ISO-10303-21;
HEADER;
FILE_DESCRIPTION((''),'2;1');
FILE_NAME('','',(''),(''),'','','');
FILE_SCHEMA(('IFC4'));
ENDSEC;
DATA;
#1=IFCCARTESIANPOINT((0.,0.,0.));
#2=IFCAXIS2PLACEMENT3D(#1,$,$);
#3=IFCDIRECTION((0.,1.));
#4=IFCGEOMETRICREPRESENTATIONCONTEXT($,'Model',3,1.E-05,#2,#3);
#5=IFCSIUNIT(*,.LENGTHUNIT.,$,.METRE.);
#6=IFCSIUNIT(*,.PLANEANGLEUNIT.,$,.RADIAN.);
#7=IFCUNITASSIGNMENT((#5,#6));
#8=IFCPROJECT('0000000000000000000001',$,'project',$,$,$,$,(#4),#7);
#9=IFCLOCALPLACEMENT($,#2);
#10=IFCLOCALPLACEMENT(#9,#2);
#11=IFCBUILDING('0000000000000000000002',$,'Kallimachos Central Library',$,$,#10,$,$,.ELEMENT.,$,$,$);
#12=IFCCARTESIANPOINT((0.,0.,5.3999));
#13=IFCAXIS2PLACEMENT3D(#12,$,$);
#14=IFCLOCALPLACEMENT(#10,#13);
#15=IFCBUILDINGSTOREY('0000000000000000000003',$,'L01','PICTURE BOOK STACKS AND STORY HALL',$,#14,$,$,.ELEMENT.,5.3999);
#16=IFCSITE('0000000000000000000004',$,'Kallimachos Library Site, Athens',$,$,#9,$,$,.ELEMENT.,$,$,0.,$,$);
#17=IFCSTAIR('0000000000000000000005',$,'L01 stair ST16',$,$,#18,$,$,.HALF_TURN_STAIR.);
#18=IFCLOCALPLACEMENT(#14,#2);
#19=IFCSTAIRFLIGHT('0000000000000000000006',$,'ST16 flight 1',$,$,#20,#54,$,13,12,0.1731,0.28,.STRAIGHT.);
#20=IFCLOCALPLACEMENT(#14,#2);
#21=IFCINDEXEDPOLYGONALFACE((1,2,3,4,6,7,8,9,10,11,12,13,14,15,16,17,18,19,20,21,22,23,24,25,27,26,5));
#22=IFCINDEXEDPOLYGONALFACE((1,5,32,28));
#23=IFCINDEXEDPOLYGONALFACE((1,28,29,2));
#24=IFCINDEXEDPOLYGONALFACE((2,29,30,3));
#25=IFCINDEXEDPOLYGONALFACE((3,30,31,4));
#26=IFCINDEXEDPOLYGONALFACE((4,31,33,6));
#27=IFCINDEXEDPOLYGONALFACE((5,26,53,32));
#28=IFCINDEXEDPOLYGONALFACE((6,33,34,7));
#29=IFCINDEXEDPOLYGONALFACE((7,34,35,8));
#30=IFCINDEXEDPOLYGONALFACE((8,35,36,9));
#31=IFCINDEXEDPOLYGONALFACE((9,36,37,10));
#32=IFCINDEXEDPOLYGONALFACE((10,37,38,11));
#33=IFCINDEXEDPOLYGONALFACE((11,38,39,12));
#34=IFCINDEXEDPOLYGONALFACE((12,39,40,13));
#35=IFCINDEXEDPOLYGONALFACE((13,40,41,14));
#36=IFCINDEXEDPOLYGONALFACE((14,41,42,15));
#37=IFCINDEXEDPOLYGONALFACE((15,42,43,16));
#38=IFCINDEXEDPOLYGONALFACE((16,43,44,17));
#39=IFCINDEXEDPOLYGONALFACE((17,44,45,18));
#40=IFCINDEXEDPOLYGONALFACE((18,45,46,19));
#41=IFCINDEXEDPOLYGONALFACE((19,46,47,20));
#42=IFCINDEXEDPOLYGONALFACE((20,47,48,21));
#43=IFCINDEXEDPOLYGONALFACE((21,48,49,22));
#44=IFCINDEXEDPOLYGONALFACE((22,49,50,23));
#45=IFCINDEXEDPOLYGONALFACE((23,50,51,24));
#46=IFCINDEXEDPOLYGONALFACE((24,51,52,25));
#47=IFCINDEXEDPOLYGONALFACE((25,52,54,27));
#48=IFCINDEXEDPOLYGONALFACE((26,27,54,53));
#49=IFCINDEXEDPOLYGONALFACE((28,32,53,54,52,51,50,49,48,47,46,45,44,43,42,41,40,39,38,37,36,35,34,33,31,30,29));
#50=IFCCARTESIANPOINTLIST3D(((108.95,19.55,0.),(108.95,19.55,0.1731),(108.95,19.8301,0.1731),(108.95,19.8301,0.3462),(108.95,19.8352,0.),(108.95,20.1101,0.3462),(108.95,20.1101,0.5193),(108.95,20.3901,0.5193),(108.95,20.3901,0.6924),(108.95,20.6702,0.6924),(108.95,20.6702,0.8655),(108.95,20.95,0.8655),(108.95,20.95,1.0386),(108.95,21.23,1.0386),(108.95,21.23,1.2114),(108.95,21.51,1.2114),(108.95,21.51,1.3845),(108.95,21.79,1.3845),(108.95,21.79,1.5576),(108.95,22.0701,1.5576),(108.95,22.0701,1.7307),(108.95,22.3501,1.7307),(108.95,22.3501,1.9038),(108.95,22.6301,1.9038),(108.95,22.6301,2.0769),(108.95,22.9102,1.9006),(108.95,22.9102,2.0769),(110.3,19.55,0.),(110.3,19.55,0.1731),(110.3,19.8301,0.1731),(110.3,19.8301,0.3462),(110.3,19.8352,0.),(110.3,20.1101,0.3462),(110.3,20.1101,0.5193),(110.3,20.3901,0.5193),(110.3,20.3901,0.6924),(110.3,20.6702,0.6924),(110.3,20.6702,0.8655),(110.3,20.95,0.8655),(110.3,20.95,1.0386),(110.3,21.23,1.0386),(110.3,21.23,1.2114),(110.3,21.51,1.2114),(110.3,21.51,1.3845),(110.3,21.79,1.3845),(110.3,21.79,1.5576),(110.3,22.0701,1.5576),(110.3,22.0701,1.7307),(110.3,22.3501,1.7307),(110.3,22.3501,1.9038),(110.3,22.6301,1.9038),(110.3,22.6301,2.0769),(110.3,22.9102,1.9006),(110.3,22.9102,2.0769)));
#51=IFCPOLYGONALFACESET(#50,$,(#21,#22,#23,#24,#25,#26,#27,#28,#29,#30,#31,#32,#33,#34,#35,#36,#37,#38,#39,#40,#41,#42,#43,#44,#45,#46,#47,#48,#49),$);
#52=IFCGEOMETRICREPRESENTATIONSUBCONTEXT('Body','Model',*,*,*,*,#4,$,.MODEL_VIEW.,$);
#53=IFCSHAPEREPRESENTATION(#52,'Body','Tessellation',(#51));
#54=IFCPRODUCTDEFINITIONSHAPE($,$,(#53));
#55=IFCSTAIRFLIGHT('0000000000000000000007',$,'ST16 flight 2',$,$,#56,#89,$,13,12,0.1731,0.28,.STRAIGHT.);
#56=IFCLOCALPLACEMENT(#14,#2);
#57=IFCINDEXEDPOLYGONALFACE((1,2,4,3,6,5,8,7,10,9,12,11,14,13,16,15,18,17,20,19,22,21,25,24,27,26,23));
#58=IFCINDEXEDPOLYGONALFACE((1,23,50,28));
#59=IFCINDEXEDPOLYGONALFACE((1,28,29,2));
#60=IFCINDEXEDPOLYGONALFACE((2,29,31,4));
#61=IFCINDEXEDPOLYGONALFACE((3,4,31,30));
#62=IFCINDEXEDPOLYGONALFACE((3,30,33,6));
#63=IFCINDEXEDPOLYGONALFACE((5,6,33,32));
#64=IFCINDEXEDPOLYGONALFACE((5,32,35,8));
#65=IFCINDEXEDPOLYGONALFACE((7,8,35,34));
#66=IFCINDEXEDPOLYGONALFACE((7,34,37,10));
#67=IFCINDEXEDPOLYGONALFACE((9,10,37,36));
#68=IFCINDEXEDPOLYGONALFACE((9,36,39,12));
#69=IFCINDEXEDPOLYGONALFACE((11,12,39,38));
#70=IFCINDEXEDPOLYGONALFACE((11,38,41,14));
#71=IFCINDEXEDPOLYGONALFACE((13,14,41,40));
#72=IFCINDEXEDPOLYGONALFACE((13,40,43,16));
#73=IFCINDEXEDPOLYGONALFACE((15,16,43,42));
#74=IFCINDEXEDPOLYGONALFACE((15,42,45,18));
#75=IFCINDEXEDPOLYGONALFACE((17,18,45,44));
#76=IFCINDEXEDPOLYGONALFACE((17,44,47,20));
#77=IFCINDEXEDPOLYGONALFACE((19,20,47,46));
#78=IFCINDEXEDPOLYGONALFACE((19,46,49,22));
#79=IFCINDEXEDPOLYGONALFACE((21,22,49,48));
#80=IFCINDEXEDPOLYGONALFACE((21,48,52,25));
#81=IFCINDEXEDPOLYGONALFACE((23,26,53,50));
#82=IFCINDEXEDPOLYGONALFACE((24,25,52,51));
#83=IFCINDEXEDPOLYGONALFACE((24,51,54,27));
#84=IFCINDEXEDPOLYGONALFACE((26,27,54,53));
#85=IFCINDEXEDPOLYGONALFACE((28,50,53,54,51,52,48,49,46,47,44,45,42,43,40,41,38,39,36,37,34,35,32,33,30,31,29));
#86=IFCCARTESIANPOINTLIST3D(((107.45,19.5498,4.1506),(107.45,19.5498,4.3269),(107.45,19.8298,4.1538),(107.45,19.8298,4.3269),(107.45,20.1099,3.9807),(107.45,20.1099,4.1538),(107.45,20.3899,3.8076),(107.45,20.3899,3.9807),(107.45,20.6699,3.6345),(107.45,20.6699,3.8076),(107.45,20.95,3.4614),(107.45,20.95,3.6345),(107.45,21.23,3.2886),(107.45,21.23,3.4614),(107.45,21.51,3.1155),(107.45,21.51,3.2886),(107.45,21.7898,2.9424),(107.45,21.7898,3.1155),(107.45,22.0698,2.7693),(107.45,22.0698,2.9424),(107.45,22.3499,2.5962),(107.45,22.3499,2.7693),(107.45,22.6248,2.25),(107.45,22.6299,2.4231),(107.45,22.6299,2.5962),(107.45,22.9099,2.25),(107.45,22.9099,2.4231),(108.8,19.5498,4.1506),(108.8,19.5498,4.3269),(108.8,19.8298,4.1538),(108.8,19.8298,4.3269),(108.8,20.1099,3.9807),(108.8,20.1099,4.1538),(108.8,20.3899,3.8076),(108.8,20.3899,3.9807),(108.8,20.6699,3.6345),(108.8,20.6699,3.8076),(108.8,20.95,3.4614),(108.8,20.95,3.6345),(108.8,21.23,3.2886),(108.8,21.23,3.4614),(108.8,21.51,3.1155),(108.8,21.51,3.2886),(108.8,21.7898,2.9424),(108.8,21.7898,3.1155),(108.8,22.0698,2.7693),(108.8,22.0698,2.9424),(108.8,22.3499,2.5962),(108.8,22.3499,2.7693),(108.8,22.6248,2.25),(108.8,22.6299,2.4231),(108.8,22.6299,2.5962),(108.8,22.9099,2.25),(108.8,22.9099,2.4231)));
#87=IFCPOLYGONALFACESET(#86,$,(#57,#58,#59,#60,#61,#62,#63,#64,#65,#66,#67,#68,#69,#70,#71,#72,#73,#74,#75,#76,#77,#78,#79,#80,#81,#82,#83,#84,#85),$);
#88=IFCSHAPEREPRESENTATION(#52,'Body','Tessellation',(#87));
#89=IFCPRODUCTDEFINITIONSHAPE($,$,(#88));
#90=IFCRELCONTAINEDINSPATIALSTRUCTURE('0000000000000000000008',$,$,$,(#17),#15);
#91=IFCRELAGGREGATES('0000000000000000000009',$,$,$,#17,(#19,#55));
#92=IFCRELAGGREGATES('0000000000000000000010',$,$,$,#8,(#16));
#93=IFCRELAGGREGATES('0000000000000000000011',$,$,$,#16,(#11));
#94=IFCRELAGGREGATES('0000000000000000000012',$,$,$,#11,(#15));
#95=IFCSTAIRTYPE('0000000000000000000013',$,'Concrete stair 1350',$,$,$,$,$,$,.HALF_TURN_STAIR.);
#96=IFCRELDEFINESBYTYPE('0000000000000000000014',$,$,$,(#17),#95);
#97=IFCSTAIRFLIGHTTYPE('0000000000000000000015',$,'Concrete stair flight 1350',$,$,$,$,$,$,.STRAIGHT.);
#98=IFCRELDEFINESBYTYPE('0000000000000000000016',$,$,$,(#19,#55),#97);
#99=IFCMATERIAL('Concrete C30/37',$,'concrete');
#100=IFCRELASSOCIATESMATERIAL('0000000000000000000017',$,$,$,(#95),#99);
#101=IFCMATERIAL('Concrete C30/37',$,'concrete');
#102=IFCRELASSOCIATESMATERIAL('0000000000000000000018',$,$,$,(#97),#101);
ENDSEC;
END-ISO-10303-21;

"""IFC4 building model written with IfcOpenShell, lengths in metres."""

from ifc_helpers import new_model, si_unit, direction, frame, origin, place, context, subcontext, project, spatial, polyline, outline, extrude, material, type_object, element, aggregate, save


model = new_model("IFC4")

# Units and contexts
model_context = context("Model", 3, precision=1e-05, world=origin(), true_north=direction((0.0, 1.0)))
body_context = subcontext(model_context, "Body", "Model", "MODEL_VIEW")
ifc_project = project(units=[si_unit("LENGTHUNIT", "METRE"), si_unit("PLANEANGLEUNIT", "RADIAN")], contexts=[model_context])

# Site, building, storey
site_placement = place(None, origin())
site = spatial("IfcSite", under=ifc_project, at=site_placement, Name="Kallimachos Library Site, Athens", CompositionType="ELEMENT", RefElevation=0.0)
building_placement = place(site_placement, origin())
building = spatial("IfcBuilding", under=site, at=building_placement, Name="Kallimachos Central Library", CompositionType="ELEMENT")
storey_placement = place(building_placement, frame((0.0, 0.0, 5.3999)))
storey = spatial("IfcBuildingStorey", under=building, at=storey_placement, Name="L01", Description="PICTURE BOOK STACKS AND STORY HALL", CompositionType="ELEMENT", Elevation=5.3999)

# Stair, stair flights
ifc_material_1 = material(Name="Concrete C30/37", Category="concrete")
stair_type = type_object("IfcStairType", Name="Concrete stair 1350", PredefinedType="HALF_TURN_STAIR", material=ifc_material_1)
stair_placement = place(storey_placement, origin())
stair = element("IfcStair", 1, at=stair_placement, inside=storey, type_object=stair_type, Name="L01 stair ST16", PredefinedType="HALF_TURN_STAIR")
ifc_material_2 = material(Name="Concrete C30/37", Category="concrete")
stair_flight_type = type_object("IfcStairFlightType", Name="Concrete stair flight 1350", PredefinedType="STRAIGHT", material=ifc_material_2)
stair_flight_1_placement = place(storey_placement, frame((109.625, 19.55, 0.0), z_axis=(0.0, 0.0, 1.0), x_axis=(0.0, 1.0, 0.0)))
stair_flight_1 = element("IfcStairFlight", 2, at=stair_flight_1_placement, type_object=stair_flight_type, Name="ST16 flight 1", NumberOfRisers=13, NumberOfTreads=12, PredefinedType="STRAIGHT", RiserHeight=0.1731, TreadLength=0.28, context=body_context, shape_type="SweptSolid", body=[
    extrude(outline(polyline([(0.0, 0.0), (0.0, 0.1731), (0.28, 0.1731), (0.28, 0.3462), (0.5601, 0.3462), (0.5601, 0.5193), (0.8401, 0.5193), (0.8401, 0.6924), (1.1201, 0.6924), (1.1201, 0.8655), (1.3999, 0.8655), (1.3999, 1.0386), (1.6799, 1.0386), (1.6799, 1.2114), (1.96, 1.2114), (1.96, 1.3845), (2.24, 1.3845), (2.24, 1.5576), (2.52, 1.5576), (2.52, 1.7307), (2.8, 1.7307), (2.8, 1.9038), (3.0801, 1.9038), (3.0801, 2.0769), (3.3601, 2.0769), (3.3601, 2.25), (3.3601, 1.9006), (0.2852, 0.0), (0.0, 0.0)])), frame((0.0, 0.675, 0.0), z_axis=(0.0, -1.0, 0.0), x_axis=(1.0, 0.0, 0.0)), (0.0, 0.0, 1.0), 1.3501),
])
stair_flight_2_placement = place(storey_placement, frame((108.125, 22.9099, 2.25), z_axis=(0.0, 0.0, 1.0), x_axis=(0.0, -1.0, 0.0)))
stair_flight_2 = element("IfcStairFlight", 3, at=stair_flight_2_placement, type_object=stair_flight_type, Name="ST16 flight 2", NumberOfRisers=13, NumberOfTreads=12, PredefinedType="STRAIGHT", RiserHeight=0.1731, TreadLength=0.28, context=body_context, shape_type="SweptSolid", body=[
    extrude(outline(polyline([(0.0, 0.0), (0.0, 0.1731), (0.28, 0.1731), (0.28, 0.3462), (0.5601, 0.3462), (0.5601, 0.5193), (0.8401, 0.5193), (0.8401, 0.6924), (1.1201, 0.6924), (1.1201, 0.8655), (1.3999, 0.8655), (1.3999, 1.0386), (1.6799, 1.0386), (1.6799, 1.2114), (1.96, 1.2114), (1.96, 1.3845), (2.24, 1.3845), (2.24, 1.5576), (2.52, 1.5576), (2.52, 1.7307), (2.8, 1.7307), (2.8, 1.9038), (3.0801, 1.9038), (3.0801, 2.0769), (3.3601, 2.0769), (3.3601, 2.25), (3.3601, 1.9006), (0.2852, 0.0), (0.0, 0.0)])), frame((0.0, 0.675, 0.0), z_axis=(0.0, -1.0, 0.0), x_axis=(1.0, 0.0, 0.0)), (0.0, 0.0, 1.0), 1.3501),
])
aggregate(stair, [stair_flight_1, stair_flight_2])

save(model, "model.ifc")
